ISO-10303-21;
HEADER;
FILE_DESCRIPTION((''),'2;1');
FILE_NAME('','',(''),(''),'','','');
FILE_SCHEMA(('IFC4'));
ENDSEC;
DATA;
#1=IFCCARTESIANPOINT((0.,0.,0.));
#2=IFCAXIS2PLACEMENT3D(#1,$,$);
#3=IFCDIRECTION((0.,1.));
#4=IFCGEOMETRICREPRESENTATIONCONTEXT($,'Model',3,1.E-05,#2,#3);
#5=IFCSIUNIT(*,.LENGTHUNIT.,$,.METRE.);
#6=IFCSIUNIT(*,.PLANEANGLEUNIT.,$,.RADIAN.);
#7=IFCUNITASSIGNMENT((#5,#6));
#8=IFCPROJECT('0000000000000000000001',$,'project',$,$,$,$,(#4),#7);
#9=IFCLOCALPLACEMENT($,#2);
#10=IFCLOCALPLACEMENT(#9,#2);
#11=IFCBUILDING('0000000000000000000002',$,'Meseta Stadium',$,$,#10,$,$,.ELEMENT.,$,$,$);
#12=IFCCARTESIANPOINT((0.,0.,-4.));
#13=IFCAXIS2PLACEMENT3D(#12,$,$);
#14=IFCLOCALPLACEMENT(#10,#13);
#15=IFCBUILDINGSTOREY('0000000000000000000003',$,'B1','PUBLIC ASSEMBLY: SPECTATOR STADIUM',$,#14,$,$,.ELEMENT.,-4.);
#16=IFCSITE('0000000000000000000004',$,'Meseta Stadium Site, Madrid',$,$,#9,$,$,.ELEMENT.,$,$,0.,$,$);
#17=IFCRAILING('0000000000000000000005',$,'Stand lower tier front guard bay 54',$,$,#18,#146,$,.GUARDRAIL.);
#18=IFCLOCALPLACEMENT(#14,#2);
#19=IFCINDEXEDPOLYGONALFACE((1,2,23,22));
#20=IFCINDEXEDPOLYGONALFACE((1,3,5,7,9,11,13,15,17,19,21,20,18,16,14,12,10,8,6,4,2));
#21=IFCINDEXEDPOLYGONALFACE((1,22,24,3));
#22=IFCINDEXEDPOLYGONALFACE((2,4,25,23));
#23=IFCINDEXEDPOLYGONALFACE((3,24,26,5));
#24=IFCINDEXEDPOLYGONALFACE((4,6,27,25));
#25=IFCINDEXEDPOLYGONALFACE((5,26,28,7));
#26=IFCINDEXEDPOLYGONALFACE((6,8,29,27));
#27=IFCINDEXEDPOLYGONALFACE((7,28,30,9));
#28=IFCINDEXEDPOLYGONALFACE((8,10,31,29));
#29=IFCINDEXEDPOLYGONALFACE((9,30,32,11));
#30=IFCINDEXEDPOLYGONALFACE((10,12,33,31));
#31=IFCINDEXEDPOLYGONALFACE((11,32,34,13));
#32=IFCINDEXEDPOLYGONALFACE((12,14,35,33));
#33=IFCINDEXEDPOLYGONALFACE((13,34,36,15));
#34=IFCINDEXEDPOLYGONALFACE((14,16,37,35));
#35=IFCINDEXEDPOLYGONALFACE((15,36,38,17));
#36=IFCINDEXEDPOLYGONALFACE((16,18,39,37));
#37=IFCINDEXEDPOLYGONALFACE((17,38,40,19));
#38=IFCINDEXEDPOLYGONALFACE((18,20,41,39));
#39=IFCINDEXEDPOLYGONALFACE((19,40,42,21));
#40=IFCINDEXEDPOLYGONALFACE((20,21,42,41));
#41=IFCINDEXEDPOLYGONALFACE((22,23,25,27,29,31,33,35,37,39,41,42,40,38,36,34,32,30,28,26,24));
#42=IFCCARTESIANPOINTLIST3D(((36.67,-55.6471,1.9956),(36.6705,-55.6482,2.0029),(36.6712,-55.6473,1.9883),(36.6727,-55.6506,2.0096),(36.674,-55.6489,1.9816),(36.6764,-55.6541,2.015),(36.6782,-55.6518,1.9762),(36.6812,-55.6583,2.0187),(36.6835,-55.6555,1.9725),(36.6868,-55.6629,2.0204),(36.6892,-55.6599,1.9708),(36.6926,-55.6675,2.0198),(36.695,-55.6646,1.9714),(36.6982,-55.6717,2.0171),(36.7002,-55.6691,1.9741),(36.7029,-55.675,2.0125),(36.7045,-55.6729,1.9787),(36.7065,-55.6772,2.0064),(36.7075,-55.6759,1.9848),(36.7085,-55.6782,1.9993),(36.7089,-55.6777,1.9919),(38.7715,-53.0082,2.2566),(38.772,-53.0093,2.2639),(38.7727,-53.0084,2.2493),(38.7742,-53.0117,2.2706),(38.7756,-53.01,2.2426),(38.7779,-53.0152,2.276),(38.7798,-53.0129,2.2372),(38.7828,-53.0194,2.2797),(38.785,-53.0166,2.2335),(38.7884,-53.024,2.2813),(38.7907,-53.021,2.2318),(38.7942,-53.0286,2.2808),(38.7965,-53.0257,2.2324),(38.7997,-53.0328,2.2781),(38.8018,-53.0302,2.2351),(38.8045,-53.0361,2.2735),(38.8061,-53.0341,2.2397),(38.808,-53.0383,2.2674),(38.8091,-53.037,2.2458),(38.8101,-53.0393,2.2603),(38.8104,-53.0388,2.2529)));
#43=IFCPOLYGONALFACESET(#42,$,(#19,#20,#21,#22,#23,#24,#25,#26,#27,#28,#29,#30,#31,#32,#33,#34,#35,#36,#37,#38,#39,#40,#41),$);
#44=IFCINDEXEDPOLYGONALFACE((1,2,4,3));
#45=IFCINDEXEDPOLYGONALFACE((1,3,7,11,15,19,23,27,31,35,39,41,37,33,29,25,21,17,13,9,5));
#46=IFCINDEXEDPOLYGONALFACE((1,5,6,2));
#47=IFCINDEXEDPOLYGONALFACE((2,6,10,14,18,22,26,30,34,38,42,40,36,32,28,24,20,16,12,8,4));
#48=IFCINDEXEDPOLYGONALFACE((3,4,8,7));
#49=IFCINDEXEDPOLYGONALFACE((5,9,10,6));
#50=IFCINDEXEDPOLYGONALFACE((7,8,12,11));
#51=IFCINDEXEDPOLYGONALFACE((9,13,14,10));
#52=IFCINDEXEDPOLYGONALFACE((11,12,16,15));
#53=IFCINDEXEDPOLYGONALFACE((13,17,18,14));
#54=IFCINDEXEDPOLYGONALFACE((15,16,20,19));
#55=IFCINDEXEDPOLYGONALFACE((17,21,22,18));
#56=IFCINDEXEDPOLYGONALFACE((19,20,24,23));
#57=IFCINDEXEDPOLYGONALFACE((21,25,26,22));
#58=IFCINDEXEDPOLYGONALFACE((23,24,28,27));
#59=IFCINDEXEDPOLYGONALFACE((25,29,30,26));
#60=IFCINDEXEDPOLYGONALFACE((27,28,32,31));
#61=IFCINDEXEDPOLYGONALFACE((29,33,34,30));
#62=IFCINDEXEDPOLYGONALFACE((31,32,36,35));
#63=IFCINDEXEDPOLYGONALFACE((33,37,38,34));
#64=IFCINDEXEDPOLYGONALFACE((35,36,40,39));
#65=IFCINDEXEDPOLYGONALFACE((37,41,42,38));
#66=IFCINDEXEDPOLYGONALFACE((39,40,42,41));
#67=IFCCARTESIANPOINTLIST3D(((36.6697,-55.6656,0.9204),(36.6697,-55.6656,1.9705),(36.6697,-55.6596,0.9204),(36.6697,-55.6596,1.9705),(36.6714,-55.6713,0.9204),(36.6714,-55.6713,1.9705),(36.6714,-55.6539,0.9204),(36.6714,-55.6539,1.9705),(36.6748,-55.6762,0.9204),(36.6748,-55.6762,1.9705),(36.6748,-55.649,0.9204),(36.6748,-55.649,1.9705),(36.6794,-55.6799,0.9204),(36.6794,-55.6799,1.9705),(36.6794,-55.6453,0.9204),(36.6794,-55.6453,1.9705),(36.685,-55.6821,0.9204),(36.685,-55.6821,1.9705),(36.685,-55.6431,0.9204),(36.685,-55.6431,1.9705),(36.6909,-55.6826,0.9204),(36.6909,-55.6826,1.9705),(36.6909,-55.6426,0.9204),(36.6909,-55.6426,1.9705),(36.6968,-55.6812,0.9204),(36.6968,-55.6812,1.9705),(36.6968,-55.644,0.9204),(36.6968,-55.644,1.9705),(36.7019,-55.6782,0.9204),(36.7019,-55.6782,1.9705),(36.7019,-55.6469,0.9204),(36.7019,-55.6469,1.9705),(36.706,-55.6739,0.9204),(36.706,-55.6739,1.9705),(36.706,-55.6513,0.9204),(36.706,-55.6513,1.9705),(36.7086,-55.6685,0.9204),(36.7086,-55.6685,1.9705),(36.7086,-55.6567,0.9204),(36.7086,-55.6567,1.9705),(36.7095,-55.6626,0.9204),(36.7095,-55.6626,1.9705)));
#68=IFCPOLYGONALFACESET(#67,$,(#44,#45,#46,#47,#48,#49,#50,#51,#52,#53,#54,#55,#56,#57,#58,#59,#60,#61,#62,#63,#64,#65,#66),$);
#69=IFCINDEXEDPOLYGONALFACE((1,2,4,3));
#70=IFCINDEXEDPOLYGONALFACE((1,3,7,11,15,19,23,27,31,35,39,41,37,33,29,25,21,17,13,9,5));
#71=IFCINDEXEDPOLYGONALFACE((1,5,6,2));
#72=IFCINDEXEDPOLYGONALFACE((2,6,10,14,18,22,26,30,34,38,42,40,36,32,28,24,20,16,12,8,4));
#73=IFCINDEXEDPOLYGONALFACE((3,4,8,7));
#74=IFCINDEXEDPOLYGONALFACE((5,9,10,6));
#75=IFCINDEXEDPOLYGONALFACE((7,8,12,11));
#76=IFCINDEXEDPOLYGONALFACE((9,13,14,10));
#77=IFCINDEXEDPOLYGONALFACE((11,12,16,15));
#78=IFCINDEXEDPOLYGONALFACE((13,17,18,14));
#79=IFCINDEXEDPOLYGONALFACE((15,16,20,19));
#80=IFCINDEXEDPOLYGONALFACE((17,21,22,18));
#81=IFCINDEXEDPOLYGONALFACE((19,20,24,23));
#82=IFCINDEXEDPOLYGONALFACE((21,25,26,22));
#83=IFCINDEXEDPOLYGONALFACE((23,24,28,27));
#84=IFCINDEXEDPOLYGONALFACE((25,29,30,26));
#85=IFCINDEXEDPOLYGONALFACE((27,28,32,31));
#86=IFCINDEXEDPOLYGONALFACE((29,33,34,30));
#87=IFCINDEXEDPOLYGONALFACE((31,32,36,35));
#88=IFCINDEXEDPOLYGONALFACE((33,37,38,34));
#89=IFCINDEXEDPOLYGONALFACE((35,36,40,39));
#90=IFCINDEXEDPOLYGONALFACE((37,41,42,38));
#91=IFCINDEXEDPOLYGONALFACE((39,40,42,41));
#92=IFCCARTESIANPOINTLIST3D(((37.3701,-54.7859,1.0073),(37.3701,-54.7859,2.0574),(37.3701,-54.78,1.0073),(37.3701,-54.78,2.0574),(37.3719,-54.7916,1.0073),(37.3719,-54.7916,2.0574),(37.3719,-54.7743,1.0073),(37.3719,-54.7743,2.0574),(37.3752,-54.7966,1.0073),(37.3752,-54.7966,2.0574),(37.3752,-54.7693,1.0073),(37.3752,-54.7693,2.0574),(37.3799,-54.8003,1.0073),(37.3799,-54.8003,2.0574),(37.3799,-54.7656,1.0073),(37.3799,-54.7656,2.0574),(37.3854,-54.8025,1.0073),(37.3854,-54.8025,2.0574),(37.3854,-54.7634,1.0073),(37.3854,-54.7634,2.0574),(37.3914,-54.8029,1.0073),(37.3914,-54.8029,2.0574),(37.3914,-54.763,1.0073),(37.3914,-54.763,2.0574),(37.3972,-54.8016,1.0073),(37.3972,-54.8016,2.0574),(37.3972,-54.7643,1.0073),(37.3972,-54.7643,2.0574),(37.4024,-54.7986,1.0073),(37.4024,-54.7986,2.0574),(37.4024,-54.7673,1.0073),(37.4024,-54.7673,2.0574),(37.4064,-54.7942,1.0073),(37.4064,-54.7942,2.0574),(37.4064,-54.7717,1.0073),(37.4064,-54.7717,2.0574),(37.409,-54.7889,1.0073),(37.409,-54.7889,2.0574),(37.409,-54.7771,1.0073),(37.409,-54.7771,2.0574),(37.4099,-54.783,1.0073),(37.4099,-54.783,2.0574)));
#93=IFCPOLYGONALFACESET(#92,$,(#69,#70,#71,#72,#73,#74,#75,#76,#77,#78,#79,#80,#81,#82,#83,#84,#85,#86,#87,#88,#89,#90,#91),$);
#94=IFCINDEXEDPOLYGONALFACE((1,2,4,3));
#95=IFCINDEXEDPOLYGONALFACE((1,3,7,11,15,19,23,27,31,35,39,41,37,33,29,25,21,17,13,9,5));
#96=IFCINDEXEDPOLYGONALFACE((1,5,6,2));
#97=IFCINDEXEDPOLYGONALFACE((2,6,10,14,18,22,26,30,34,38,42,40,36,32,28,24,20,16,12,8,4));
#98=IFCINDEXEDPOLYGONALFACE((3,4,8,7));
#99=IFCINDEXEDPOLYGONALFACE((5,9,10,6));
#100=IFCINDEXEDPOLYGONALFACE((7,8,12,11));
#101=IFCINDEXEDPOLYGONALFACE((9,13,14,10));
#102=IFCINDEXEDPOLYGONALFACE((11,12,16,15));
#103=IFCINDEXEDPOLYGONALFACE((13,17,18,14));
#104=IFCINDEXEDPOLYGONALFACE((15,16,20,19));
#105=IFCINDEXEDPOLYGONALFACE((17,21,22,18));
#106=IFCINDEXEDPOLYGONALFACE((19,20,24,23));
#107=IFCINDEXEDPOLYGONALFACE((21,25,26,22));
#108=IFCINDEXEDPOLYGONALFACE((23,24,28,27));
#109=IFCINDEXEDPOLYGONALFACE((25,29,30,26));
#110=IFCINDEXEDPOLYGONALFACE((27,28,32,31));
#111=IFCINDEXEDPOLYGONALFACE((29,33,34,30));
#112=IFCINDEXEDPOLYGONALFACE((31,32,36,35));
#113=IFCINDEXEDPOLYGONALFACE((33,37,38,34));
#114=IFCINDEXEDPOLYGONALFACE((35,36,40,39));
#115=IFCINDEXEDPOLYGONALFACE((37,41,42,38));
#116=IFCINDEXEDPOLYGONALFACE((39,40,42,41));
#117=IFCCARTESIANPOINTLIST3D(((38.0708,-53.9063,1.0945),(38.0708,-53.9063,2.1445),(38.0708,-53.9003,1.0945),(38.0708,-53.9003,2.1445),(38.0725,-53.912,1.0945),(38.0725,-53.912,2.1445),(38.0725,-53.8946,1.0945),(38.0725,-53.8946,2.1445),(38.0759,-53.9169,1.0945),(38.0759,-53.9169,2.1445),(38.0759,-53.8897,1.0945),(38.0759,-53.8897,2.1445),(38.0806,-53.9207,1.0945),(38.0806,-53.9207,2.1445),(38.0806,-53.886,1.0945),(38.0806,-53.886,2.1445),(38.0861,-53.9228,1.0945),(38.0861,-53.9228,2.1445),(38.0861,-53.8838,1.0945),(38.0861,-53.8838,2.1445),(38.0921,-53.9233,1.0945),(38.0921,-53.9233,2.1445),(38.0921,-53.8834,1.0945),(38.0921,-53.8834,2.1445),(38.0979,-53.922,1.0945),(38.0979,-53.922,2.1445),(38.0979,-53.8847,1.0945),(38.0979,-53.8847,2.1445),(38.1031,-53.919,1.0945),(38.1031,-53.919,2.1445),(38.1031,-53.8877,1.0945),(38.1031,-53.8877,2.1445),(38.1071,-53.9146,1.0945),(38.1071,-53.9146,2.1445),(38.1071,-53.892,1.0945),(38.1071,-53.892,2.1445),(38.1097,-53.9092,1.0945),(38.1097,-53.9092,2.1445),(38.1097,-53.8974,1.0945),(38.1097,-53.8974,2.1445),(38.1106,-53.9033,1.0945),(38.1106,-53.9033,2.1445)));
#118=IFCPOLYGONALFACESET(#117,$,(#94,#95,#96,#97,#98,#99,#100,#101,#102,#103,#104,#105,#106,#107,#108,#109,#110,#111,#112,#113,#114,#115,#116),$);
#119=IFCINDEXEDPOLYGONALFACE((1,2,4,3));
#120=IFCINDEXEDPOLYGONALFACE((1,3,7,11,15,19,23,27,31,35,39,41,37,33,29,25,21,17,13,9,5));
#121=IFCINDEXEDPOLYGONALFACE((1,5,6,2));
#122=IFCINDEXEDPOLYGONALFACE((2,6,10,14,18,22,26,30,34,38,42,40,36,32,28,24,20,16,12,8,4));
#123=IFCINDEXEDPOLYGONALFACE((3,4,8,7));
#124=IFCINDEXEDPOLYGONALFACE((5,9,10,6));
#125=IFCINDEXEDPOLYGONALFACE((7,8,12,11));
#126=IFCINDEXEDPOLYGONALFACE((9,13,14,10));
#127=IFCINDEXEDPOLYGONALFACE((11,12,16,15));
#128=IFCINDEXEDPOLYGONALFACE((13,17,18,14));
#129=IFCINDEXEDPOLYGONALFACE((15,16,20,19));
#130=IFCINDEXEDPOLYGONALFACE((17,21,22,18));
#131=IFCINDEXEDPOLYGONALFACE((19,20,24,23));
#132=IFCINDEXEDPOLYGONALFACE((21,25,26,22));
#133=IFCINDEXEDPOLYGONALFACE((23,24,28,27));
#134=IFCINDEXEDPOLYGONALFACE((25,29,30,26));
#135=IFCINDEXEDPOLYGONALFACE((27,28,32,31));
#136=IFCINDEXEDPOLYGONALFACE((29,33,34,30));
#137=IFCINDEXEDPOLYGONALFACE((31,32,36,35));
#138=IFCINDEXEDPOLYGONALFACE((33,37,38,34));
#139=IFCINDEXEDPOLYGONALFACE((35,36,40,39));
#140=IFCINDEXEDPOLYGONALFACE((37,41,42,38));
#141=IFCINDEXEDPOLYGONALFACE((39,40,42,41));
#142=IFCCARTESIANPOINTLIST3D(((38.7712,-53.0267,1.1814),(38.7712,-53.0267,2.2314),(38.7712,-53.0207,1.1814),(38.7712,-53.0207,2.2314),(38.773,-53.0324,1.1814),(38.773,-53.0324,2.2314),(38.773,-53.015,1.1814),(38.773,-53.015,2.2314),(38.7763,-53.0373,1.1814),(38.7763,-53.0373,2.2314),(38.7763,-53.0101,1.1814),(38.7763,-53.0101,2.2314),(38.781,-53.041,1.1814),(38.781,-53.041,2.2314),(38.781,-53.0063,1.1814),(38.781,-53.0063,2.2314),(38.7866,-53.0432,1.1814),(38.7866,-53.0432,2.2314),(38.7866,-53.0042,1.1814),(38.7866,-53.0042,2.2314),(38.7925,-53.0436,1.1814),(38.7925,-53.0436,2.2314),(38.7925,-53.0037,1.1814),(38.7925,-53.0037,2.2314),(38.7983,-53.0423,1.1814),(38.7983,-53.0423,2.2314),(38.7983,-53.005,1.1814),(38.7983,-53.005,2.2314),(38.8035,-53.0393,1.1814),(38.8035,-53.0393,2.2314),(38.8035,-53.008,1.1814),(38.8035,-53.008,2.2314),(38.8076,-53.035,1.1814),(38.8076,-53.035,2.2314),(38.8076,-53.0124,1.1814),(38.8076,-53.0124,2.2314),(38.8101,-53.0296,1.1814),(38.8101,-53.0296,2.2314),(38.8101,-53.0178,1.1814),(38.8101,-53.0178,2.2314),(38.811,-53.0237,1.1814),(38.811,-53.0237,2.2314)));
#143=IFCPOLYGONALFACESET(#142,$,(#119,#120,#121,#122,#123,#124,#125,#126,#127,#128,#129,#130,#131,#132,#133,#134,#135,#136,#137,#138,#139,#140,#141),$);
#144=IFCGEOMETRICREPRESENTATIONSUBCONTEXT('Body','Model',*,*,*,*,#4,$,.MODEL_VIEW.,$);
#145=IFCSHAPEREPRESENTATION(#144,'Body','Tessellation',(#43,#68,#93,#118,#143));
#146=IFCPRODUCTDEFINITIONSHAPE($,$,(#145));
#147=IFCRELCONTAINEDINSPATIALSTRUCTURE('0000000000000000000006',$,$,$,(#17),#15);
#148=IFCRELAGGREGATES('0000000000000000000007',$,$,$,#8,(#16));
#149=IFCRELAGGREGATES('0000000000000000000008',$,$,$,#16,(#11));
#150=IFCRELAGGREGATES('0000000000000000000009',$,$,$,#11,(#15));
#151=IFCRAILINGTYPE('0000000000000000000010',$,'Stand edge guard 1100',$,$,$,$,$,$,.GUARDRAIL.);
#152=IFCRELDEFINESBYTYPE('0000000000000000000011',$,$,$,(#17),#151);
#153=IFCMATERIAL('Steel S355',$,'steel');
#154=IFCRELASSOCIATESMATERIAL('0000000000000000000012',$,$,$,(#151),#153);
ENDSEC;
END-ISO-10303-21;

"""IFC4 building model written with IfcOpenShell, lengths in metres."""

from ifc_helpers import new_model, si_unit, direction, frame, origin, origin_2d, place, context, subcontext, project, spatial, circle, extrude, material, type_object, element, save


model = new_model("IFC4")

# Units and contexts
model_context = context("Model", 3, precision=1e-05, world=origin(), true_north=direction((0.0, 1.0)))
body_context = subcontext(model_context, "Body", "Model", "MODEL_VIEW")
ifc_project = project(units=[si_unit("LENGTHUNIT", "METRE"), si_unit("PLANEANGLEUNIT", "RADIAN")], contexts=[model_context])

# Site, building, storey
site_placement = place(None, origin())
site = spatial("IfcSite", under=ifc_project, at=site_placement, Name="Meseta Stadium Site, Madrid", CompositionType="ELEMENT", RefElevation=0.0)
building_placement = place(site_placement, origin())
building = spatial("IfcBuilding", under=site, at=building_placement, Name="Meseta Stadium", CompositionType="ELEMENT")
storey_placement = place(building_placement, frame((0.0, 0.0, -4.0)))
storey = spatial("IfcBuildingStorey", under=building, at=storey_placement, Name="B1", Description="PUBLIC ASSEMBLY: SPECTATOR STADIUM", CompositionType="ELEMENT", Elevation=-4.0)

# Railing
ifc_material_1 = material(Name="Steel S355", Category="steel")
railing_type = type_object("IfcRailingType", Name="Stand edge guard 1100", PredefinedType="GUARDRAIL", material=ifc_material_1)
railing_1_placement = place(storey_placement, frame((36.6895, -55.6626, 0.9204)))
element("IfcRailing", 1, at=railing_1_placement, inside=storey, type_object=railing_type, Name="Stand lower tier front guard bay 54", PredefinedType="GUARDRAIL", context=body_context, shape_type="SweptSolid", body=[
    extrude(circle(Radius=0.0249, at=origin_2d()), frame((0.0, 0.0, 1.0752), z_axis=(0.621108, 0.77992, 0.077133), x_axis=(-0.782251, 0.622964, 0.0)), (0.0, 0.0, 1.0), 3.3835),
    extrude(circle(Radius=0.02, at=origin_2d()), origin(), (0.0, 0.0, 1.0), 1.05),
    extrude(circle(Radius=0.02, at=origin_2d()), frame((0.7004, 0.8796, 0.0869)), (0.0, 0.0, 1.0), 1.05),
    extrude(circle(Radius=0.02, at=origin_2d()), frame((1.4011, 1.7593, 0.1741)), (0.0, 0.0, 1.0), 1.05),
    extrude(circle(Radius=0.02, at=origin_2d()), frame((2.1016, 2.6389, 0.261)), (0.0, 0.0, 1.0), 1.05),
])

save(model, "model.ifc")
